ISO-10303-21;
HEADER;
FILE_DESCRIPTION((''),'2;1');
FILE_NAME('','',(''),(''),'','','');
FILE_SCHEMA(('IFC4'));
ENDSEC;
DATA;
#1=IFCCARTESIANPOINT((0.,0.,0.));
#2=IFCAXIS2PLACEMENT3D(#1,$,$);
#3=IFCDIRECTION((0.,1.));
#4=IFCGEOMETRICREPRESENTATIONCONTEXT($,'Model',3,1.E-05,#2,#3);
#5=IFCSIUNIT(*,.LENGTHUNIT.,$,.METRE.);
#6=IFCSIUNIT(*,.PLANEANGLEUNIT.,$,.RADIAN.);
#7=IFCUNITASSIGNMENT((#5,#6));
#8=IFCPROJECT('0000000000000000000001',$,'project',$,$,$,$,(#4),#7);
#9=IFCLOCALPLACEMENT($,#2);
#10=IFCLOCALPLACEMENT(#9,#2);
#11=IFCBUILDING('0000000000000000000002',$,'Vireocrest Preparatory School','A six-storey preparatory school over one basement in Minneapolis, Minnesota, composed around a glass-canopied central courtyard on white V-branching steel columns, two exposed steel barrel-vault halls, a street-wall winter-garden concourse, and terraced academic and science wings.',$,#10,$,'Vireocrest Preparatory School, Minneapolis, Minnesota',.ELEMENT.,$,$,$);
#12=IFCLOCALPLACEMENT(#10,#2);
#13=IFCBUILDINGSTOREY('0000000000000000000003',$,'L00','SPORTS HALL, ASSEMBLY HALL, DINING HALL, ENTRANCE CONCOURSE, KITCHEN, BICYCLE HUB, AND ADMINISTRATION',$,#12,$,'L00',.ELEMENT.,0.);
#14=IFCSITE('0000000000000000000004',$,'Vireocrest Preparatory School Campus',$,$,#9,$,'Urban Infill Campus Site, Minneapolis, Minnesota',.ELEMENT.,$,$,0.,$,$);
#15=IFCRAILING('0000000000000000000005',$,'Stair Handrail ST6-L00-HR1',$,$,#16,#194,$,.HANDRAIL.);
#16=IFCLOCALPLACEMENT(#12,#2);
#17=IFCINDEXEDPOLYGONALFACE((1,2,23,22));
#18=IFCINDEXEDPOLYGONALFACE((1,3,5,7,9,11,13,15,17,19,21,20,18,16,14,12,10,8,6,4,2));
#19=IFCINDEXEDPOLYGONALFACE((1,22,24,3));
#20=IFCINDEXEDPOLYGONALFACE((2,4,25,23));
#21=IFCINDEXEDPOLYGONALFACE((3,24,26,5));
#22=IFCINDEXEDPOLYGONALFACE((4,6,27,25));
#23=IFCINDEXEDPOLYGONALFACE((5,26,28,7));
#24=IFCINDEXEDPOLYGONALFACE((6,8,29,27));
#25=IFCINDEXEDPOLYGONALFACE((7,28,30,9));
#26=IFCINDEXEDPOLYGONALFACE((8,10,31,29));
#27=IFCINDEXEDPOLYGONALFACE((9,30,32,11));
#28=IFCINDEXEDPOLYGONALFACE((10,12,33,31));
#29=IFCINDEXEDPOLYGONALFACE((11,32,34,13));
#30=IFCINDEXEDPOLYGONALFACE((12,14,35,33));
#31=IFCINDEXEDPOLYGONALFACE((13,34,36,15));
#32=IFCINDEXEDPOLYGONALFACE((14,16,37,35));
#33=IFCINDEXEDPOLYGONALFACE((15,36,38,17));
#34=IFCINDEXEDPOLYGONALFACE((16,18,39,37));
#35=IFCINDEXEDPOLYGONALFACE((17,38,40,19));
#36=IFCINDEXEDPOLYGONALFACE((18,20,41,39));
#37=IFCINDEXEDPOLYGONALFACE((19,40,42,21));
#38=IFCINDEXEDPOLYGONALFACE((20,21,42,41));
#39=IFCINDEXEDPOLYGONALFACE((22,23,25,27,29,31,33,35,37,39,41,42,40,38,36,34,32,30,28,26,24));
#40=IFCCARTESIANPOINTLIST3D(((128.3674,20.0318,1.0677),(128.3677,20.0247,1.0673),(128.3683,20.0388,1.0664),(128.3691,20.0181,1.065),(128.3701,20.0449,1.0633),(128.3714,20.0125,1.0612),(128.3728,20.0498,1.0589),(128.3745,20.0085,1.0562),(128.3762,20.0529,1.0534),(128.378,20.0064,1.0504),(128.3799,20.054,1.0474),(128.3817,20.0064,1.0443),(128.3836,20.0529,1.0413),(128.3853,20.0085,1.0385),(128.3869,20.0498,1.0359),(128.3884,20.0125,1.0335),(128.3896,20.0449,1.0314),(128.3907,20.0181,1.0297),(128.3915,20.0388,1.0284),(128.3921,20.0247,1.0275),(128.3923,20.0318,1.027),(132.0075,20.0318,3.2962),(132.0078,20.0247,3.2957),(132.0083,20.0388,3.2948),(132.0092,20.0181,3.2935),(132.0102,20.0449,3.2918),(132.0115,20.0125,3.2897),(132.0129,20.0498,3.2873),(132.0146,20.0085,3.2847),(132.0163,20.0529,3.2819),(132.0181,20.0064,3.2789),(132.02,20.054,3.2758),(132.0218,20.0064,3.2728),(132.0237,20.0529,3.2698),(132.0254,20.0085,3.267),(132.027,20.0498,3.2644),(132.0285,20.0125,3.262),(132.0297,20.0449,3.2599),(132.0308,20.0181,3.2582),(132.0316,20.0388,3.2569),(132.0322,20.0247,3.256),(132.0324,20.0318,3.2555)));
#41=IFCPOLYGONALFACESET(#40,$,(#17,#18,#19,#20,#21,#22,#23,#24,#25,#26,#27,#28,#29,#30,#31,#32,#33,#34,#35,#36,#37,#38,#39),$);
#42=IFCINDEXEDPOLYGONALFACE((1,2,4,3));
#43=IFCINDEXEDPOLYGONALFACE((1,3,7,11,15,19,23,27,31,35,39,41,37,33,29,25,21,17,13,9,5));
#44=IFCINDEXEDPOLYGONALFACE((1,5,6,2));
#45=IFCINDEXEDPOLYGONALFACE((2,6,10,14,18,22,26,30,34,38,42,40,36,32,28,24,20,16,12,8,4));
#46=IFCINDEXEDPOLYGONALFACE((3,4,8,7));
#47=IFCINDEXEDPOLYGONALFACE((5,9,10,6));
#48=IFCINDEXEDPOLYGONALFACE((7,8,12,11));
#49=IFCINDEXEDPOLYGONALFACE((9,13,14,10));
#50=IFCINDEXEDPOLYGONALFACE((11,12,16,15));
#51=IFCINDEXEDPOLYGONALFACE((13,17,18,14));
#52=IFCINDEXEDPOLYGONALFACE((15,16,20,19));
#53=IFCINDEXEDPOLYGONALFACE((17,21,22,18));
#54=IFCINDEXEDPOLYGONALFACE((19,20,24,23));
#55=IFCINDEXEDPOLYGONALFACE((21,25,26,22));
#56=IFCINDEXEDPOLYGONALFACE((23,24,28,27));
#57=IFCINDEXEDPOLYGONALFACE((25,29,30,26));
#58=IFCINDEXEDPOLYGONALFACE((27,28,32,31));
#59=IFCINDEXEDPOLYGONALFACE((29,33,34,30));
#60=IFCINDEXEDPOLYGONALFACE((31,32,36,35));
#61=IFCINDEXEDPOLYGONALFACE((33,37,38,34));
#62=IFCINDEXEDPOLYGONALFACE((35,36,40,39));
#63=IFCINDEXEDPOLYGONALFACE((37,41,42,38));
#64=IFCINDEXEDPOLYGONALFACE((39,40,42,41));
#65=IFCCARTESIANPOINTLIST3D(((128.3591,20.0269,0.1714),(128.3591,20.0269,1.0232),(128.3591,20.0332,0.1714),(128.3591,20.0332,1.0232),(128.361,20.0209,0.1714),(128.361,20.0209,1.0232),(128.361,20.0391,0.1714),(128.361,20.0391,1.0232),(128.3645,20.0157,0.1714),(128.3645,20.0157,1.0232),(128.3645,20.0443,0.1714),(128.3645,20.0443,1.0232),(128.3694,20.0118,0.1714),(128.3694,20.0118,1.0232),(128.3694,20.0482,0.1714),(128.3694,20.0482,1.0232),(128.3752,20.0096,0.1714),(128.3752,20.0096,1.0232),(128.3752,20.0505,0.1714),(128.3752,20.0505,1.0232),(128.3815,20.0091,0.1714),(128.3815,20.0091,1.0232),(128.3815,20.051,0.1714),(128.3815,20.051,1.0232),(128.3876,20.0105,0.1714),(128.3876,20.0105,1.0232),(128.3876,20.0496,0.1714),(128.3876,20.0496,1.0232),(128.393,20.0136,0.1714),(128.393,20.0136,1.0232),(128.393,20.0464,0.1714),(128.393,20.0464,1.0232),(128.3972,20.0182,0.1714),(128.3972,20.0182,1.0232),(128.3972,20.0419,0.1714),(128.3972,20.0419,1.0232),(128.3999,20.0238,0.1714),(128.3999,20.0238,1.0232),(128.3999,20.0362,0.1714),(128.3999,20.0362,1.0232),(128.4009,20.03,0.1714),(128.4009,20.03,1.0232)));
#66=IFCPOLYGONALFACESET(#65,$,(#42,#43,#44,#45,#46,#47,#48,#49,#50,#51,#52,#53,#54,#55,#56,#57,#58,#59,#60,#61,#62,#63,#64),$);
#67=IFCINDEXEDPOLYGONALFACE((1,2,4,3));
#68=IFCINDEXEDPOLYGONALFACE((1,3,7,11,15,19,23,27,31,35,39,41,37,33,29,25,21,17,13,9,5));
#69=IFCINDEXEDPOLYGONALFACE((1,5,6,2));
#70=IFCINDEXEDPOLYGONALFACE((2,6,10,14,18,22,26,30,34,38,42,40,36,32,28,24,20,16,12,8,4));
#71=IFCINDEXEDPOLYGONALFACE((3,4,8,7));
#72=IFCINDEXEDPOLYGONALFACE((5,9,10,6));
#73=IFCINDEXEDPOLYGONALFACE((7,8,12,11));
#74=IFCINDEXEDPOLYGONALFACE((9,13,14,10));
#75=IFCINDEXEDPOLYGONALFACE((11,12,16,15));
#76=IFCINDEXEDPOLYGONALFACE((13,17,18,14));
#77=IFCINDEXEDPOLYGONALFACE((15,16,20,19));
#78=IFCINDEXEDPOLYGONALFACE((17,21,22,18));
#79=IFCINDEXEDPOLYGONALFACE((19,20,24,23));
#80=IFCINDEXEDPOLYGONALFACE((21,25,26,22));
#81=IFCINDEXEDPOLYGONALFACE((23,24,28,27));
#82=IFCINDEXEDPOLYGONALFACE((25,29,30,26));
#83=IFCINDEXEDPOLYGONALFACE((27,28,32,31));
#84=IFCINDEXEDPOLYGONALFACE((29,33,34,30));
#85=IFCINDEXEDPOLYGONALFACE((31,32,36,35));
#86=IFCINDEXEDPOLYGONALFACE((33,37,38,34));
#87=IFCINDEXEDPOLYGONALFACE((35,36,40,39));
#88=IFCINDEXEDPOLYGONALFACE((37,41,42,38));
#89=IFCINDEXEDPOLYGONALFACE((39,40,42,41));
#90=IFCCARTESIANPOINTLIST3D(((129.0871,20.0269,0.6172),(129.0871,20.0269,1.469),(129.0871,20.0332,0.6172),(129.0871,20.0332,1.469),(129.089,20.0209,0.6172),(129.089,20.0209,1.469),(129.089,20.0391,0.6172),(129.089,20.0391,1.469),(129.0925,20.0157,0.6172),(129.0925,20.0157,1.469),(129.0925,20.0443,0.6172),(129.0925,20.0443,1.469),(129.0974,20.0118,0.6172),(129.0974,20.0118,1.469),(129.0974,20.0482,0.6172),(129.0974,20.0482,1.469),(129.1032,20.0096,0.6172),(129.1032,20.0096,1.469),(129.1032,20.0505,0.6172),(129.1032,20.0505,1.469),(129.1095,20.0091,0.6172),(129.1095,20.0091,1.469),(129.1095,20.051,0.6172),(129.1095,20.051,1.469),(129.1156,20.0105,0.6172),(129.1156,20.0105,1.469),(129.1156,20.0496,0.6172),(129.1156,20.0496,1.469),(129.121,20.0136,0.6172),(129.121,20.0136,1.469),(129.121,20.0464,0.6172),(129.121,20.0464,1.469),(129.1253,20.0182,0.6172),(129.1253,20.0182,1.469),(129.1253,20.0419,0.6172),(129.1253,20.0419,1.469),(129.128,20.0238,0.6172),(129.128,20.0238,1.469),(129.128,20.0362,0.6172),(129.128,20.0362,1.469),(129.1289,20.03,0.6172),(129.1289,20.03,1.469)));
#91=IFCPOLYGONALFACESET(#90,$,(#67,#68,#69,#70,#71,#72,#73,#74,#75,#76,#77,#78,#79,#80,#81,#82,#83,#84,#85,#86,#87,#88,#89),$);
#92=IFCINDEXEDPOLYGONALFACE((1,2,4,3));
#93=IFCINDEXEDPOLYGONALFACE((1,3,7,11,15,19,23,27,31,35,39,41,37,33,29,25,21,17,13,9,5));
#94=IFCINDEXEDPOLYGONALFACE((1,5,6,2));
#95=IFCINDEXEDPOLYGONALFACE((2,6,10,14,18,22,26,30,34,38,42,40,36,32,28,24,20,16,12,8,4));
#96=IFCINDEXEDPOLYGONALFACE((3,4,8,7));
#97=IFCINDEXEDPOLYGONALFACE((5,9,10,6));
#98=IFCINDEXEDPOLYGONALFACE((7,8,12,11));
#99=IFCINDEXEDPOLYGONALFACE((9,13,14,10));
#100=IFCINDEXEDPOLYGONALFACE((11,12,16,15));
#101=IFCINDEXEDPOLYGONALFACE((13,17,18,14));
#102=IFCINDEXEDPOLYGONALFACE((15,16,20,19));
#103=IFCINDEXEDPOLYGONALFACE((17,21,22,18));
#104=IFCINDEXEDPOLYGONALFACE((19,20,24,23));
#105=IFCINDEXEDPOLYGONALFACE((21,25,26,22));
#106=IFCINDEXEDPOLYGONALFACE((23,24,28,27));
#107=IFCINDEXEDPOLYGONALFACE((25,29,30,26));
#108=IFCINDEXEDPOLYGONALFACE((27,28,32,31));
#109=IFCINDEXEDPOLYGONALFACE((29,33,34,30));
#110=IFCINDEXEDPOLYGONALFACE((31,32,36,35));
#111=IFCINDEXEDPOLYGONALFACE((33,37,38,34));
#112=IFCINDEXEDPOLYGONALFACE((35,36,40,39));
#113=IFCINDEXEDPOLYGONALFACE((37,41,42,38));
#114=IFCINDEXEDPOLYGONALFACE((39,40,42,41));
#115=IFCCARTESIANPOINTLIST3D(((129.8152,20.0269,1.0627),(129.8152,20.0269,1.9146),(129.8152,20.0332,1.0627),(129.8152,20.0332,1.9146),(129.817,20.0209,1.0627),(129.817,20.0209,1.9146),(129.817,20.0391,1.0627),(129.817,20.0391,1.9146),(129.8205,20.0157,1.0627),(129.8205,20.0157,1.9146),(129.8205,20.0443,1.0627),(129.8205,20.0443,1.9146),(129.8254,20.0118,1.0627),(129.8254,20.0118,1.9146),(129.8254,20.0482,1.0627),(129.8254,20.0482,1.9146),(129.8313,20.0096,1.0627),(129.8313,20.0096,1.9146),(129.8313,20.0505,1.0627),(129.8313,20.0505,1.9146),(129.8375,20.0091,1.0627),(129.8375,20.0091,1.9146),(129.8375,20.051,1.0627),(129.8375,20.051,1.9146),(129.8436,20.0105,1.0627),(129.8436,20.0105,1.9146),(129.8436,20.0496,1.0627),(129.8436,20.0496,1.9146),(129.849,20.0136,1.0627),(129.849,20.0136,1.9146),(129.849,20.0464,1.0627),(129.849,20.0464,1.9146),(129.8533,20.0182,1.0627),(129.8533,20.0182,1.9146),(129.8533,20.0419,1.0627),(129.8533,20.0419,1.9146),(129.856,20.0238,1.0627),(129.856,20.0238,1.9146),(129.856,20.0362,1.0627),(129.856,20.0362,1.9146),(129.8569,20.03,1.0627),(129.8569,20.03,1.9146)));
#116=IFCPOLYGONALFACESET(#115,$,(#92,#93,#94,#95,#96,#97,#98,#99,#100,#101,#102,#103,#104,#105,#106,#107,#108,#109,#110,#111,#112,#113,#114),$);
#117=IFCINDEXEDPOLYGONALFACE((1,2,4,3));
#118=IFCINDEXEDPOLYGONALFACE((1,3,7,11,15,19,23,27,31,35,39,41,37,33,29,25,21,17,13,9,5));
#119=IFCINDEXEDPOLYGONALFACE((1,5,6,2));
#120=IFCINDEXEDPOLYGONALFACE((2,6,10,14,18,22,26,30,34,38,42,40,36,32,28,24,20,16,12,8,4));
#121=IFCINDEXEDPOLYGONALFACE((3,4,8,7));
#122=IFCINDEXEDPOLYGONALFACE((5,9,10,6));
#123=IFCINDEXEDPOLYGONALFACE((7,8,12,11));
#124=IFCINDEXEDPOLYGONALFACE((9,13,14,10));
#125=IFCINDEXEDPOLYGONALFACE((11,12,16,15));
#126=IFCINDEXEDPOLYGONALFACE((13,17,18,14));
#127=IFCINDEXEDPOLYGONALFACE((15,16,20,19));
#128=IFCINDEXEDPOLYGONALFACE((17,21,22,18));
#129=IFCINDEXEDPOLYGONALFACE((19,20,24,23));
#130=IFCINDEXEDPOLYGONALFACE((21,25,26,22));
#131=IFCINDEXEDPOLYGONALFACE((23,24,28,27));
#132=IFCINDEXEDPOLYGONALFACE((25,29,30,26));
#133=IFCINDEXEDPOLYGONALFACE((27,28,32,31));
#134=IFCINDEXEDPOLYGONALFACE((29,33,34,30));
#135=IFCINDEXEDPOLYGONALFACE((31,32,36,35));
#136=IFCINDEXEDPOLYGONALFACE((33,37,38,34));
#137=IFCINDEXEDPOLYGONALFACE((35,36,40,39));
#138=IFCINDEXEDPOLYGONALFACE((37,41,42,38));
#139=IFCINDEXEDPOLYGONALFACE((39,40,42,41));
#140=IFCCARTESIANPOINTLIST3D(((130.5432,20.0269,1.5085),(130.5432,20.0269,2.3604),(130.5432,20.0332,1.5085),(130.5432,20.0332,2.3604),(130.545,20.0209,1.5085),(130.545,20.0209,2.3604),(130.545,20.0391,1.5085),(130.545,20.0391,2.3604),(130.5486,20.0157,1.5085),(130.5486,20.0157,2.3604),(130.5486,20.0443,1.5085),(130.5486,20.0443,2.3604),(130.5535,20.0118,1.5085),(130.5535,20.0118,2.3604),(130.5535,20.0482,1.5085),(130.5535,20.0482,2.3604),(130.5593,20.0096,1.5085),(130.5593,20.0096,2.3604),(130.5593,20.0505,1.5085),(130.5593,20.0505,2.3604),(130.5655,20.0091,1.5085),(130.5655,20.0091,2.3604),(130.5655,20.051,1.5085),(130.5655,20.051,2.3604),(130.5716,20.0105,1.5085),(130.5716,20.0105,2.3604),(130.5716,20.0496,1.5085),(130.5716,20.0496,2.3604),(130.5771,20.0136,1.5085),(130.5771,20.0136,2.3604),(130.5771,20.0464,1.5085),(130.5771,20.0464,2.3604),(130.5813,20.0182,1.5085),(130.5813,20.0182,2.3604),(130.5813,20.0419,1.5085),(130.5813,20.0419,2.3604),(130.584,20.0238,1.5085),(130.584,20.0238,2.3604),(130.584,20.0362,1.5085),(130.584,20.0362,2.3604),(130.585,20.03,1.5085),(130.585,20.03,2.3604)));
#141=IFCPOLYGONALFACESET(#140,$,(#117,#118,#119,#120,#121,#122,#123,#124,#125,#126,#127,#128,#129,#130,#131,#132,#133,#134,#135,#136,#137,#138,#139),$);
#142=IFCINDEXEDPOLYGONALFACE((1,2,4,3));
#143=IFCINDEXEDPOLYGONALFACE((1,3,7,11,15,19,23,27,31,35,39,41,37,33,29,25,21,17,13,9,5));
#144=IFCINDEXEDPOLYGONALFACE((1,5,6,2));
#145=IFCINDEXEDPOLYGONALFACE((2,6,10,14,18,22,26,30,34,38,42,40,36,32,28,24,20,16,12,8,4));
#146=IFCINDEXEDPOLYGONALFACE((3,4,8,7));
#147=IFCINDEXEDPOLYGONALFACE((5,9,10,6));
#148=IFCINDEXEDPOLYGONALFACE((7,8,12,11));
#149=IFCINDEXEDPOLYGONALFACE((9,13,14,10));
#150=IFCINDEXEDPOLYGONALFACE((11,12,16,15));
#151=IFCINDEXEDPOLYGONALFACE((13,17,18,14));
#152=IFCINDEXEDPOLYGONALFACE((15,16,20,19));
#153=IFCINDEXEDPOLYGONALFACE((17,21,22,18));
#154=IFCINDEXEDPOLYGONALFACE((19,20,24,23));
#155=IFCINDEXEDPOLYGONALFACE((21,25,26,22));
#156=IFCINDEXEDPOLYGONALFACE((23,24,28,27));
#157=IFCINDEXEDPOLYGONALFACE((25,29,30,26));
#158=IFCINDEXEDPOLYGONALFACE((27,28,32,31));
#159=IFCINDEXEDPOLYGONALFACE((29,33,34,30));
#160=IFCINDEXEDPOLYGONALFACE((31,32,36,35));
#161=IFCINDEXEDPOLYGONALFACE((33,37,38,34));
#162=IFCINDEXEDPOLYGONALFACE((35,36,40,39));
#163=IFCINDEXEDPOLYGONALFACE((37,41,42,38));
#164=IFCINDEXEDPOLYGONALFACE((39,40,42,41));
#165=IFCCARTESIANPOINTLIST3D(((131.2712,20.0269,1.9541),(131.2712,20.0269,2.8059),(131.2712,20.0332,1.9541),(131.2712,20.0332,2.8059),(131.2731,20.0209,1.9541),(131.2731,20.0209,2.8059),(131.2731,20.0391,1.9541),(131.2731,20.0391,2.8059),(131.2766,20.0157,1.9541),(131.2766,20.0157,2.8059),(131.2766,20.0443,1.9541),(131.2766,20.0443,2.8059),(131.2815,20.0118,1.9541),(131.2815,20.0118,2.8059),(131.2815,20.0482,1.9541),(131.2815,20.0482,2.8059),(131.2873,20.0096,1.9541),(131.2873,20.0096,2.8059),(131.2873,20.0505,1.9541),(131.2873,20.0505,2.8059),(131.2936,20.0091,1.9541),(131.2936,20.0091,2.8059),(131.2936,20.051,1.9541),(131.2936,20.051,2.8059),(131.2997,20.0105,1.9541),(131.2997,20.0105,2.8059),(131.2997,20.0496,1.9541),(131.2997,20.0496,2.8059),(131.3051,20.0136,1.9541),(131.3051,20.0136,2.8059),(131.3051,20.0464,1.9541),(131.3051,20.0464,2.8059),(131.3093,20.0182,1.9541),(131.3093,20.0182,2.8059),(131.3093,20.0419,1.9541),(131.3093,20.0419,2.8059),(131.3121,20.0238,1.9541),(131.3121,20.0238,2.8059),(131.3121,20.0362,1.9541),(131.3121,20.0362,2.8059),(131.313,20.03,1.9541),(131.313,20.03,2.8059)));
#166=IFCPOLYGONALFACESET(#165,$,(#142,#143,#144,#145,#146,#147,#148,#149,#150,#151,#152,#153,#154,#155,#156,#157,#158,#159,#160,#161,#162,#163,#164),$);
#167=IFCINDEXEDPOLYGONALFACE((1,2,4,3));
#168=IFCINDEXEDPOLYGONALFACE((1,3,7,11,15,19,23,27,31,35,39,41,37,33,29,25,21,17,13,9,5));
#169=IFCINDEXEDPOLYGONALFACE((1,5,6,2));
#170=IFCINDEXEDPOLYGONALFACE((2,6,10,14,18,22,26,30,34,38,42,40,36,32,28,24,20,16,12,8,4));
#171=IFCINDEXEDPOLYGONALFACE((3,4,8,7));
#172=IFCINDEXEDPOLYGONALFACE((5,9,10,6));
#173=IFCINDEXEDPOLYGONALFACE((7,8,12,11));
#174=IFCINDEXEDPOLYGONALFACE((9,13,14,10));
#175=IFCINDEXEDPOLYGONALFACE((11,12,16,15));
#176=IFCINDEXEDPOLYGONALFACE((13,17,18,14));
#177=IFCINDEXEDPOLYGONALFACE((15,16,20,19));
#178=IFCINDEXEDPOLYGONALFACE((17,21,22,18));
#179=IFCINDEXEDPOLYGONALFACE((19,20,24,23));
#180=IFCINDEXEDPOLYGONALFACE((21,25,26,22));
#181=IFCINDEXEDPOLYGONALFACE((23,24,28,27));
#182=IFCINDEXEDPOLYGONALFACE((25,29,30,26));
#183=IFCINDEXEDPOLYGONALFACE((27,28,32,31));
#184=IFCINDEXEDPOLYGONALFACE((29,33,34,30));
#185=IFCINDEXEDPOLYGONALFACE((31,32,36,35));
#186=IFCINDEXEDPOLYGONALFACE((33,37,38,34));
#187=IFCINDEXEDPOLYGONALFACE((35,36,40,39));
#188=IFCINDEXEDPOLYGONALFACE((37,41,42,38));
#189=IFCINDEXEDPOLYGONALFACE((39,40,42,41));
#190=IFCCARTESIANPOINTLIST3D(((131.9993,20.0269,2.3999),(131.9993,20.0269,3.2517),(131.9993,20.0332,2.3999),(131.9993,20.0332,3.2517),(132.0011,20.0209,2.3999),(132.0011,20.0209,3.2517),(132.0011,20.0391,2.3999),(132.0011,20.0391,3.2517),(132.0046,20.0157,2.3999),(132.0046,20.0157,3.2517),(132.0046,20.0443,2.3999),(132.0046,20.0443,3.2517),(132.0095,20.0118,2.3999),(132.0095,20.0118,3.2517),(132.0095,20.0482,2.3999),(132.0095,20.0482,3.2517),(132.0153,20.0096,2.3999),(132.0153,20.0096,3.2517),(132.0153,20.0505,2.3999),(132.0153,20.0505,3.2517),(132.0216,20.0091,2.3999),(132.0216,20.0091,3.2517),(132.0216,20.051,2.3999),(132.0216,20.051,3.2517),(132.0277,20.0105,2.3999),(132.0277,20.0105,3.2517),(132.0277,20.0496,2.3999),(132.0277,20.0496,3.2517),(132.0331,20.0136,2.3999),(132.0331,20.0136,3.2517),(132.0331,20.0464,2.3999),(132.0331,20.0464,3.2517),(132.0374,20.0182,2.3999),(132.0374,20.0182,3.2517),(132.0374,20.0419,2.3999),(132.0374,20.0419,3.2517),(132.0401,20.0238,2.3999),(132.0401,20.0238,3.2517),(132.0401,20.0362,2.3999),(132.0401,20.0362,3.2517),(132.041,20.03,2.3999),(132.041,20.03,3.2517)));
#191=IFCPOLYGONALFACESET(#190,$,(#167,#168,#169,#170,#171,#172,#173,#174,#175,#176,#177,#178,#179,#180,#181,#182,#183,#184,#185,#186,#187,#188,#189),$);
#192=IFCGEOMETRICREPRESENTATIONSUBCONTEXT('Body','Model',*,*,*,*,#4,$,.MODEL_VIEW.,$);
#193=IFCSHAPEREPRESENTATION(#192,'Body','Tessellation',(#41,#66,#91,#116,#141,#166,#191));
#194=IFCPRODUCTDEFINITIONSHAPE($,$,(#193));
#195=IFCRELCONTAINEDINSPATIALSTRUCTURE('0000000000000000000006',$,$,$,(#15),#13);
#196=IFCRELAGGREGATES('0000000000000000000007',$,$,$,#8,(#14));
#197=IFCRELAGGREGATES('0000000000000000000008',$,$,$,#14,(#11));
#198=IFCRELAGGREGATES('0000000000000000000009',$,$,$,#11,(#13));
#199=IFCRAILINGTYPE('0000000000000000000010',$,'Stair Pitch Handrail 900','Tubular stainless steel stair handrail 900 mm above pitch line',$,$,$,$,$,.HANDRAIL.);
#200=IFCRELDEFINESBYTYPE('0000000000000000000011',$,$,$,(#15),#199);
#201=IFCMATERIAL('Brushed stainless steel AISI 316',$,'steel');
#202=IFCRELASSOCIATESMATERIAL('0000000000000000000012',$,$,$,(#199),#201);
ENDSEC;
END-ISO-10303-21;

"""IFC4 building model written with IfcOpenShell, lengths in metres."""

from ifc_helpers import new_model, si_unit, direction, frame, origin, origin_2d, place, context, subcontext, project, spatial, circle, extrude, material, type_object, element, save


model = new_model("IFC4")

# Units and contexts
model_context = context("Model", 3, precision=1e-05, world=origin(), true_north=direction((0.0, 1.0)))
body_context = subcontext(model_context, "Body", "Model", "MODEL_VIEW")
ifc_project = project(units=[si_unit("LENGTHUNIT", "METRE"), si_unit("PLANEANGLEUNIT", "RADIAN")], contexts=[model_context])

# Site, building, storey
site_placement = place(None, origin())
site = spatial("IfcSite", under=ifc_project, at=site_placement, Name="Vireocrest Preparatory School Campus", LongName="Urban Infill Campus Site, Minneapolis, Minnesota", CompositionType="ELEMENT", RefElevation=0.0)
building_placement = place(site_placement, origin())
building = spatial("IfcBuilding", under=site, at=building_placement, Name="Vireocrest Preparatory School", Description="A six-storey preparatory school over one basement in Minneapolis, Minnesota, composed around a glass-canopied central courtyard on white V-branching steel columns, two exposed steel barrel-vault halls, a street-wall winter-garden concourse, and terraced academic and science wings.", LongName="Vireocrest Preparatory School, Minneapolis, Minnesota", CompositionType="ELEMENT")
storey_placement = place(building_placement, origin())
storey = spatial("IfcBuildingStorey", under=building, at=storey_placement, Name="L00", Description="SPORTS HALL, ASSEMBLY HALL, DINING HALL, ENTRANCE CONCOURSE, KITCHEN, BICYCLE HUB, AND ADMINISTRATION", LongName="L00", CompositionType="ELEMENT", Elevation=0.0)

# Railing
ifc_material_1 = material(Name="Brushed stainless steel AISI 316", Category="steel")
railing_type_1 = type_object("IfcRailingType", Name="Stair Pitch Handrail 900", Description="Tubular stainless steel stair handrail 900 mm above pitch line", PredefinedType="HANDRAIL", material=ifc_material_1)
railing_1_placement = place(storey_placement, frame((128.3799, 20.03, 0.1714)))
element("IfcRailing", 1, at=railing_1_placement, inside=storey, type_object=railing_type_1, Name="Stair Handrail ST6-L00-HR1", PredefinedType="HANDRAIL", context=body_context, shape_type="SweptSolid", body=[
    extrude(circle(Radius=0.0239, at=origin_2d()), frame((0.0, 0.0, 0.876), z_axis=(0.852866, 0.0, 0.52213), x_axis=(0.0, 1.0, 0.0)), (0.0, 0.0, 1.0), 4.2681),
    extrude(circle(Radius=0.021, at=origin_2d()), origin(), (0.0, 0.0, 1.0), 0.8518),
    extrude(circle(Radius=0.021, at=origin_2d()), frame((0.728, 0.0, 0.4458)), (0.0, 0.0, 1.0), 0.8518),
    extrude(circle(Radius=0.021, at=origin_2d()), frame((1.4561, 0.0, 0.8914)), (0.0, 0.0, 1.0), 0.8518),
    extrude(circle(Radius=0.021, at=origin_2d()), frame((2.1841, 0.0, 1.3372)), (0.0, 0.0, 1.0), 0.8518),
    extrude(circle(Radius=0.021, at=origin_2d()), frame((2.9121, 0.0, 1.7827)), (0.0, 0.0, 1.0), 0.8518),
    extrude(circle(Radius=0.021, at=origin_2d()), frame((3.6401, 0.0, 2.2285)), (0.0, 0.0, 1.0), 0.8518),
])

save(model, "model.ifc")
